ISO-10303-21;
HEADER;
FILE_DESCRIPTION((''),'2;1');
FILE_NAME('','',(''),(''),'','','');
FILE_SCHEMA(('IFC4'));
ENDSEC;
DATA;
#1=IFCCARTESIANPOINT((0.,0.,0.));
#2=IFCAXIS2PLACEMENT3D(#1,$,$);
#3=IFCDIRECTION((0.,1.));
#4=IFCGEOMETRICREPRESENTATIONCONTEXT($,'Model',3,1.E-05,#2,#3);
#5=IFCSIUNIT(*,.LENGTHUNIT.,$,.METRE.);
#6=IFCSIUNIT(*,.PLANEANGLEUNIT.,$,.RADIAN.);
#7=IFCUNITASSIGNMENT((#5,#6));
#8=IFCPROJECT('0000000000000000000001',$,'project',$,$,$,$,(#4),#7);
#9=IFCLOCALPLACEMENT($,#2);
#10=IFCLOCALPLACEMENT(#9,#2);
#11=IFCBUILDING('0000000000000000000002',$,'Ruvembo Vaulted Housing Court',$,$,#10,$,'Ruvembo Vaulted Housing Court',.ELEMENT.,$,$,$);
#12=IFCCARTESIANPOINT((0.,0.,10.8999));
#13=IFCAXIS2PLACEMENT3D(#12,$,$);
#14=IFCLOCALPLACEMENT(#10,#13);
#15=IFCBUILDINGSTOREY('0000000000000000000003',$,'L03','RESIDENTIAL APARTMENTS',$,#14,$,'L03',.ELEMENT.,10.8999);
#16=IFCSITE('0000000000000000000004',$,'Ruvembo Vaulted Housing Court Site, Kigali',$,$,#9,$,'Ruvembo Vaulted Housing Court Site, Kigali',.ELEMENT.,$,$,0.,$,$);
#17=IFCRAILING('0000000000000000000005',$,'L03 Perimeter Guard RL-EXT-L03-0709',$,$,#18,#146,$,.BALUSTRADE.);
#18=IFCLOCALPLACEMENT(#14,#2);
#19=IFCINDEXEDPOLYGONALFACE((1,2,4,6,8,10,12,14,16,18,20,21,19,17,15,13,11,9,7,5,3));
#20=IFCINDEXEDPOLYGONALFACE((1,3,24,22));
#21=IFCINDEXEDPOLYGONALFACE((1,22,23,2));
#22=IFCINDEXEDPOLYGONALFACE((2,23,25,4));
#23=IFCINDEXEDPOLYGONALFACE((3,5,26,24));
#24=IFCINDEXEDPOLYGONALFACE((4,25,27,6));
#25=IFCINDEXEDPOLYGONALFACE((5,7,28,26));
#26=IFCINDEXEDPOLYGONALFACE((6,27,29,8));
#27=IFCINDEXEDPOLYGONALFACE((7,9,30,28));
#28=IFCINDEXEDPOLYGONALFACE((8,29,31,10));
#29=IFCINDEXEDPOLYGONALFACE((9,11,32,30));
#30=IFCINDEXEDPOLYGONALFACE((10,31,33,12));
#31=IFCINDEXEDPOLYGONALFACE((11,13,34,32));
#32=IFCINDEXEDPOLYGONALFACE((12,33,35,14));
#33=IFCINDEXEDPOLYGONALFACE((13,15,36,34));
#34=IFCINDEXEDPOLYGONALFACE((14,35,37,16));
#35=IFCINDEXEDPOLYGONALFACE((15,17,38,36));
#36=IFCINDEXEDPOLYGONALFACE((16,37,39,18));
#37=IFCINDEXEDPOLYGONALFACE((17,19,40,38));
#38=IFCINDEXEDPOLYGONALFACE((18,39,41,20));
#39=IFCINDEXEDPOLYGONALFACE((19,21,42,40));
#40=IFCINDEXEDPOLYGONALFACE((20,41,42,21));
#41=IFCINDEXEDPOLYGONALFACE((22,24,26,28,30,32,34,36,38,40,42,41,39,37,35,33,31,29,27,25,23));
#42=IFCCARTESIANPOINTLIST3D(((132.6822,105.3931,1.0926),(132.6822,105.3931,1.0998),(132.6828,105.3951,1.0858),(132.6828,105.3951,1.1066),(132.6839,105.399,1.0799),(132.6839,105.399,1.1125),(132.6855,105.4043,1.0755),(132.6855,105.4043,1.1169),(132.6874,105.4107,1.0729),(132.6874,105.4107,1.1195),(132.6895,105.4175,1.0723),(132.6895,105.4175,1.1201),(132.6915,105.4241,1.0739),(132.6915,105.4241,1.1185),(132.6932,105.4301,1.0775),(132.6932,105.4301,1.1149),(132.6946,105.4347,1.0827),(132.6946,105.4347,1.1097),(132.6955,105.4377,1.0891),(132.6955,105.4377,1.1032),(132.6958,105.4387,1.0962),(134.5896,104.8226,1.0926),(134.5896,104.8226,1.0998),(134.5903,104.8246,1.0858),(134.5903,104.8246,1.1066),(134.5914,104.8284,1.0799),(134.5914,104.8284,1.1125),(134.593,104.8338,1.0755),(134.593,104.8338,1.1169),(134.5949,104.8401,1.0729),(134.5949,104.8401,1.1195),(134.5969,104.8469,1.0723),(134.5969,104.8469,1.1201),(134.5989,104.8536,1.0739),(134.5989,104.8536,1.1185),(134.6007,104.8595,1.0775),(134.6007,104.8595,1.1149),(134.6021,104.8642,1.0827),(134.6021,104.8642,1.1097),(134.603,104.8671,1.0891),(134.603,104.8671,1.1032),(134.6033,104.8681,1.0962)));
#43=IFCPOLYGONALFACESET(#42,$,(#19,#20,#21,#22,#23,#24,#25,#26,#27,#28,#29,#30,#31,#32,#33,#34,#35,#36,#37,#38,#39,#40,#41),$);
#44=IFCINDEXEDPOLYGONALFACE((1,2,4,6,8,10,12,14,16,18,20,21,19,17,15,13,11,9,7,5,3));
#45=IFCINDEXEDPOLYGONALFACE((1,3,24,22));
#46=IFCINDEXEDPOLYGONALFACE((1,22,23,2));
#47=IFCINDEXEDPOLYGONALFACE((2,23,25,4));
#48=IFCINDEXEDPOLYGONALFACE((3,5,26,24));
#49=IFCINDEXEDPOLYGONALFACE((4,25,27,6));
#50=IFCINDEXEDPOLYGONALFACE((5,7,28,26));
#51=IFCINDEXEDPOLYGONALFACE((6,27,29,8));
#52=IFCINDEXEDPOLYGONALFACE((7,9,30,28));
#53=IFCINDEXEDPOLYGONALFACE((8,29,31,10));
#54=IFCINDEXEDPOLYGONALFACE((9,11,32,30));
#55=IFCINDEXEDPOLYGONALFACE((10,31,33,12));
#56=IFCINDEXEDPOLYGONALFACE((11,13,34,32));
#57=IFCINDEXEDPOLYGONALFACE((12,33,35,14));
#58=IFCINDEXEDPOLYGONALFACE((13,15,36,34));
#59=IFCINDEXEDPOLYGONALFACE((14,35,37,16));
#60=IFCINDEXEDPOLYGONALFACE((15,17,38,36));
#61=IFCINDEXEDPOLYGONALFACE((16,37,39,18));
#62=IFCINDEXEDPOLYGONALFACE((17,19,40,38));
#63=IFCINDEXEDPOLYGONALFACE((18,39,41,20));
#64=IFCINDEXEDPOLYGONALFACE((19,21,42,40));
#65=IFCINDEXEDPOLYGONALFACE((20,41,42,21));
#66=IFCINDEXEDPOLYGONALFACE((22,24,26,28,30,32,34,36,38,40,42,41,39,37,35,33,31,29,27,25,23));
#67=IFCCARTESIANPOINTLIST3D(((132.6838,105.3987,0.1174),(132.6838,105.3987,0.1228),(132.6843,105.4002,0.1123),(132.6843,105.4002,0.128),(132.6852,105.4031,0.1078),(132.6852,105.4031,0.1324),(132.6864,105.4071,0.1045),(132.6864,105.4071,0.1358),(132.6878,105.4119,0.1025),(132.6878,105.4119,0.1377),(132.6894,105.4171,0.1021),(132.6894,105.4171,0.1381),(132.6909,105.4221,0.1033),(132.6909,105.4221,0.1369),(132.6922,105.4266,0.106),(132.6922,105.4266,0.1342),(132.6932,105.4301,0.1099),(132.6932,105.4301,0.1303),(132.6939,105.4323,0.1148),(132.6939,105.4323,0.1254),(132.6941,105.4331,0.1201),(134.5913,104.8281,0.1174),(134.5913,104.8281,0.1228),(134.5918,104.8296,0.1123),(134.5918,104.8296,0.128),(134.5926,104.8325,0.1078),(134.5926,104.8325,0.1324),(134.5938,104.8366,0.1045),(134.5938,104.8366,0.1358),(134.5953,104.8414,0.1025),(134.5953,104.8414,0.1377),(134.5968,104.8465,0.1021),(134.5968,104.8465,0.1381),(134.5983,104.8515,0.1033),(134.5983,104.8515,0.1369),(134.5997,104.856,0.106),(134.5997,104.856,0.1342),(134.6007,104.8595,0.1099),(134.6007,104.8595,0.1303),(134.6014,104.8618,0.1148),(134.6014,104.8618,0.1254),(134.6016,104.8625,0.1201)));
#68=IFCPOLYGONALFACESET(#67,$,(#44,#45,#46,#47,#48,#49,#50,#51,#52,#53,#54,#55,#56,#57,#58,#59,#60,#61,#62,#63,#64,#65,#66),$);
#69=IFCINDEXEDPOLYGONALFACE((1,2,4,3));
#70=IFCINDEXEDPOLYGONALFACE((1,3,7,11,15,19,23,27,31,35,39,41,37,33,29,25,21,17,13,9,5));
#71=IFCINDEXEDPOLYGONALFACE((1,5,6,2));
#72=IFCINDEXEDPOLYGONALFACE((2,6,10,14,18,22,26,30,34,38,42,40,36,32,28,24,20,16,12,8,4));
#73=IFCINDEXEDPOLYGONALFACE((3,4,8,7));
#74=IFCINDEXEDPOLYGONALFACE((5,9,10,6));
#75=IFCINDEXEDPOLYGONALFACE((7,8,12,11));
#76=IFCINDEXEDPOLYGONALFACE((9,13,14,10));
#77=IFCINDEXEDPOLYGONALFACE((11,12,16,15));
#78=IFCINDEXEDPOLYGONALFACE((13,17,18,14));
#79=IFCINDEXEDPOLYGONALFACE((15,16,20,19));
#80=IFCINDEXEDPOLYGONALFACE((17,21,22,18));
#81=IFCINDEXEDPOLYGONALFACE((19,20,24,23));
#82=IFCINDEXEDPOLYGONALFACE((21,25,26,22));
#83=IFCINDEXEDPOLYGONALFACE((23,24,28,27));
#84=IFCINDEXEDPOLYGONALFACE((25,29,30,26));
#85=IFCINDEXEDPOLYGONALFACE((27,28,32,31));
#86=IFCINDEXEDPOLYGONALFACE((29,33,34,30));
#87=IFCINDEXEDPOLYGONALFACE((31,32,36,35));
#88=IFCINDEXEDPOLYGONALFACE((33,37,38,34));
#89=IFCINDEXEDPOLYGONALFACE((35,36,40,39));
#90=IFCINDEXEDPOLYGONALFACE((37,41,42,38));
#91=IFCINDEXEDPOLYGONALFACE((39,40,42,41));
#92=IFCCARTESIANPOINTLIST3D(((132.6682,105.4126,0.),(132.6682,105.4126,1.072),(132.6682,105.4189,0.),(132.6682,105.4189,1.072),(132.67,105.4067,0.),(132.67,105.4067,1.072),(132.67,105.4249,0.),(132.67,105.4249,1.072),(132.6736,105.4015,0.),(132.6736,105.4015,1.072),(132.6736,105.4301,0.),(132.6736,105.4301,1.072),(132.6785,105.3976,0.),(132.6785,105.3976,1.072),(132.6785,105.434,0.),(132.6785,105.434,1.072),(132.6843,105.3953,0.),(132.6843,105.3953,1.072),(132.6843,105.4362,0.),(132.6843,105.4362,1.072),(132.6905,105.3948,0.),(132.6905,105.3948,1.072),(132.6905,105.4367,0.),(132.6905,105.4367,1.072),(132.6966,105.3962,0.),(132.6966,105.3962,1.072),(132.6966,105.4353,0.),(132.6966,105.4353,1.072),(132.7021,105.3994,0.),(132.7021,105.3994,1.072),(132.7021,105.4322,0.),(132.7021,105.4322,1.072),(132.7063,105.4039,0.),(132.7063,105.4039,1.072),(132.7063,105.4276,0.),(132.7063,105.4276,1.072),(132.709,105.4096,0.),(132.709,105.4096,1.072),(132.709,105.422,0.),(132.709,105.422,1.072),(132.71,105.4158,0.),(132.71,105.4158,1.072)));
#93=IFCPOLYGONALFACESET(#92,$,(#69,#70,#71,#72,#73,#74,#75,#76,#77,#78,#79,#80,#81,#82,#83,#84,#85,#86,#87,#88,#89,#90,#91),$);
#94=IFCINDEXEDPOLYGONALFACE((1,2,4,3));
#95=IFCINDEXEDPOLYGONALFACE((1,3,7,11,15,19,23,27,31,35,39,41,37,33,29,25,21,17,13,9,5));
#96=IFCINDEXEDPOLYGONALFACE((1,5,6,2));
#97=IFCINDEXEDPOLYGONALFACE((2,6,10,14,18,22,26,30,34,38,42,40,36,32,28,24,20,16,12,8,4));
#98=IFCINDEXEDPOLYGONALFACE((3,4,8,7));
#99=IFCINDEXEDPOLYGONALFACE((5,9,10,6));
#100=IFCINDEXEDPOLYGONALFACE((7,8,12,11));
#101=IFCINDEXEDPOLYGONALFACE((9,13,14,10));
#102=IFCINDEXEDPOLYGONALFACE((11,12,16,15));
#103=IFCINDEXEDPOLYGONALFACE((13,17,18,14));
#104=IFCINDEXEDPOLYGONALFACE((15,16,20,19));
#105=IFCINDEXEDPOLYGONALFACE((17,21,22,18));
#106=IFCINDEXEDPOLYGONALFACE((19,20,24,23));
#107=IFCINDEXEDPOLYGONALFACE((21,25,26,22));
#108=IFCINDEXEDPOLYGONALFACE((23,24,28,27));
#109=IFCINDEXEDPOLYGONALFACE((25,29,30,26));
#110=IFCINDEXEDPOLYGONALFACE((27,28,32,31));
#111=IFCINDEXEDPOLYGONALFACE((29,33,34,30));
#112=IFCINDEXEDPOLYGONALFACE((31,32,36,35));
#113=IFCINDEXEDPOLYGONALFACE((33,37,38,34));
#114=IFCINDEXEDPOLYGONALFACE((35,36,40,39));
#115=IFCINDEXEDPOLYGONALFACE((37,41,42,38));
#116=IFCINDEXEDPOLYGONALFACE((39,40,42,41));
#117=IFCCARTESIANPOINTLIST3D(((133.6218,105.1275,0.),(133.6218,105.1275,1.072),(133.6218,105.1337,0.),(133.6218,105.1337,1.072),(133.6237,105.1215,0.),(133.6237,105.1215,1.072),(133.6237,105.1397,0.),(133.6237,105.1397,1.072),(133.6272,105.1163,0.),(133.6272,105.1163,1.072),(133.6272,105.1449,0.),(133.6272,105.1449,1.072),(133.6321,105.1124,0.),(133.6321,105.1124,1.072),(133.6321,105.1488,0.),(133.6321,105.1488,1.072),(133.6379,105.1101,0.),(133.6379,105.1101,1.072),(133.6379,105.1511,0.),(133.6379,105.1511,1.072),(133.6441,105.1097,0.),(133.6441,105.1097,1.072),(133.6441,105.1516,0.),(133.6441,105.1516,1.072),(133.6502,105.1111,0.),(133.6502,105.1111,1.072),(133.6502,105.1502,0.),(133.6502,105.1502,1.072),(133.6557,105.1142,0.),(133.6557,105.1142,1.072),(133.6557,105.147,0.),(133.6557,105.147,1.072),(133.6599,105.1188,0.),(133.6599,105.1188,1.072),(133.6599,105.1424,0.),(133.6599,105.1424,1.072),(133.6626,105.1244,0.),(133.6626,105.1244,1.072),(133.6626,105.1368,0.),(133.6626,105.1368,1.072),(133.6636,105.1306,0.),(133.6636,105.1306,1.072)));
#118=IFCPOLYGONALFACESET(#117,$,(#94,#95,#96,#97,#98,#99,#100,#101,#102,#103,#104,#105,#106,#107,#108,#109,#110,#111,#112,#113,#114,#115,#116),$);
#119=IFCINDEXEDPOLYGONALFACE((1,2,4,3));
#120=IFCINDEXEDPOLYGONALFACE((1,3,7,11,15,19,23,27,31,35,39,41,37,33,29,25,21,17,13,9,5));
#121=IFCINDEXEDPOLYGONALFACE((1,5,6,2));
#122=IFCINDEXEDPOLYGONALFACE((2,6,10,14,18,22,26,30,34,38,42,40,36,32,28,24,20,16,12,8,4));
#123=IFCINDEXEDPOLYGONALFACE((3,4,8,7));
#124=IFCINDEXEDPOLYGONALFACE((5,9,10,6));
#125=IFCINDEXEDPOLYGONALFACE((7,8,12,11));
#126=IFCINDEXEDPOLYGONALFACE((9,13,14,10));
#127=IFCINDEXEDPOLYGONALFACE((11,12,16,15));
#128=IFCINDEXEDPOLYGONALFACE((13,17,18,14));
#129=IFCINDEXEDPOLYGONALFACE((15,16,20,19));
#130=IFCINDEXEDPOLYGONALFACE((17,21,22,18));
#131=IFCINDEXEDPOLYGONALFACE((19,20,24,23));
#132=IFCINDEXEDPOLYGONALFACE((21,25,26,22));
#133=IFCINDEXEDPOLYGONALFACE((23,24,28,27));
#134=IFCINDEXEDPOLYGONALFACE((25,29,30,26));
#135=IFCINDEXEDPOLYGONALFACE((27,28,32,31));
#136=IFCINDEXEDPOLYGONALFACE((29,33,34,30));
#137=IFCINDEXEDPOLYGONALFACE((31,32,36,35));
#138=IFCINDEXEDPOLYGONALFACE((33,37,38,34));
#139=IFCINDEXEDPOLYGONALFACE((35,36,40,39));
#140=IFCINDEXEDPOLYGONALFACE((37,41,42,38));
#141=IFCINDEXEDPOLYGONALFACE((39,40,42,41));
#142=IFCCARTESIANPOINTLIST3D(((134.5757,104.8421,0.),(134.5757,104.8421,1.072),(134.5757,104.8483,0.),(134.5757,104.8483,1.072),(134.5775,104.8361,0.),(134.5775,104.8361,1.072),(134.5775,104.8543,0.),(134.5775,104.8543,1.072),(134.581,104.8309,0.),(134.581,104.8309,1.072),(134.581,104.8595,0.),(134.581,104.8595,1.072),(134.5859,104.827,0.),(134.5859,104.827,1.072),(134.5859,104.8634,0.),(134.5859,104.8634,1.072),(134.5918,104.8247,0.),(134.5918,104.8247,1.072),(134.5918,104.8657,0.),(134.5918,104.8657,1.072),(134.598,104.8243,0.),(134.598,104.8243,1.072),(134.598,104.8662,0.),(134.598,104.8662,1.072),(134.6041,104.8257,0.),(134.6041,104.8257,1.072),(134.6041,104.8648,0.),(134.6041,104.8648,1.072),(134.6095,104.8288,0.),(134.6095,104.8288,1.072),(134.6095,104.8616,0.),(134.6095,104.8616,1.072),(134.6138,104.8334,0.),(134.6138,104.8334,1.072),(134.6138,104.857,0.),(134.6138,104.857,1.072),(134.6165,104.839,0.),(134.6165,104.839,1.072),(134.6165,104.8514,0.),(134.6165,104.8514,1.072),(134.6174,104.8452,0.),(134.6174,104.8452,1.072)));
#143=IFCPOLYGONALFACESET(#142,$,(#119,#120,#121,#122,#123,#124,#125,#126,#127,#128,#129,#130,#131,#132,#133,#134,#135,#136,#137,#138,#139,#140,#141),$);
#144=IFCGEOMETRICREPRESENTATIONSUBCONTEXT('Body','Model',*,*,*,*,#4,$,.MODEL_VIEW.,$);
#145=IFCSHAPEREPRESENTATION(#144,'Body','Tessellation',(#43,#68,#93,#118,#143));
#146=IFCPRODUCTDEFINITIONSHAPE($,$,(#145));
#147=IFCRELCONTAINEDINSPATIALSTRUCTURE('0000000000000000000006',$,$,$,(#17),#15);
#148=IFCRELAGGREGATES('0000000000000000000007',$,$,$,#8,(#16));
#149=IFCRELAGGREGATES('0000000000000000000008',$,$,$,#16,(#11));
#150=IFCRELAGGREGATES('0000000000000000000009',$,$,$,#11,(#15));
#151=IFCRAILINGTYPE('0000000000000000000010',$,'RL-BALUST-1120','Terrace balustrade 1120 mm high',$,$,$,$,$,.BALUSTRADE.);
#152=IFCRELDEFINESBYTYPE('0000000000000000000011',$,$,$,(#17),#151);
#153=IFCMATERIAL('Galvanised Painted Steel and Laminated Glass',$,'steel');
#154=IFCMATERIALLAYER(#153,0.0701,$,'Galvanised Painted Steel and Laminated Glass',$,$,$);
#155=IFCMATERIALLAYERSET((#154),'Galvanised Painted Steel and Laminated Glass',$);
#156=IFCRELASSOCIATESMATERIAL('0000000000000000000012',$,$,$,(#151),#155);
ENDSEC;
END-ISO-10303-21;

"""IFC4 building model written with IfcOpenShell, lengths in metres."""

from ifc_helpers import new_model, si_unit, direction, frame, origin, origin_2d, place, context, subcontext, project, spatial, circle, extrude, material, layer, layer_set, type_object, element, save


model = new_model("IFC4")

# Units and contexts
model_context = context("Model", 3, precision=1e-05, world=origin(), true_north=direction((0.0, 1.0)))
body_context = subcontext(model_context, "Body", "Model", "MODEL_VIEW")
ifc_project = project(units=[si_unit("LENGTHUNIT", "METRE"), si_unit("PLANEANGLEUNIT", "RADIAN")], contexts=[model_context])

# Site, building, storey
site_placement = place(None, origin())
site = spatial("IfcSite", under=ifc_project, at=site_placement, Name="Ruvembo Vaulted Housing Court Site, Kigali", LongName="Ruvembo Vaulted Housing Court Site, Kigali", CompositionType="ELEMENT", RefElevation=0.0)
building_placement = place(site_placement, origin())
building = spatial("IfcBuilding", under=site, at=building_placement, Name="Ruvembo Vaulted Housing Court", LongName="Ruvembo Vaulted Housing Court", CompositionType="ELEMENT")
storey_placement = place(building_placement, frame((0.0, 0.0, 10.8999)))
storey = spatial("IfcBuildingStorey", under=building, at=storey_placement, Name="L03", Description="RESIDENTIAL APARTMENTS", LongName="L03", CompositionType="ELEMENT", Elevation=10.8999)

# Railing
ifc_material_1 = material(Name="Galvanised Painted Steel and Laminated Glass", Category="steel")
ifc_layer_1 = layer(ifc_material_1, 0.0701, Name="Galvanised Painted Steel and Laminated Glass")
ifc_layer_set_1 = layer_set([ifc_layer_1], Name="Galvanised Painted Steel and Laminated Glass")
railing_type = type_object("IfcRailingType", Name="RL-BALUST-1120", Description="Terrace balustrade 1120 mm high", PredefinedType="BALUSTRADE", material=ifc_layer_set_1)
railing_1_placement = place(storey_placement, frame((132.689, 105.4158, 0.0)))
element("IfcRailing", 1, at=railing_1_placement, inside=storey, type_object=railing_type, Name="L03 Perimeter Guard RL-EXT-L03-0709", PredefinedType="BALUSTRADE", context=body_context, shape_type="SweptSolid", body=[
    extrude(circle(Radius=0.0239, at=origin_2d()), frame((0.0, 0.0, 1.0962), z_axis=(0.958059, -0.286572, 0.0), x_axis=(0.286572, 0.958059, 0.0)), (0.0, 0.0, 1.0), 1.991),
    extrude(circle(Radius=0.0181, at=origin_2d()), frame((0.0, 0.0, 0.1201), z_axis=(0.958059, -0.286572, 0.0), x_axis=(0.286572, 0.958059, 0.0)), (0.0, 0.0, 1.0), 1.991),
    extrude(circle(Radius=0.021, at=origin_2d()), origin(), (0.0, 0.0, 1.0), 1.072),
    extrude(circle(Radius=0.021, at=origin_2d()), frame((0.9536, -0.2852, 0.0)), (0.0, 0.0, 1.0), 1.072),
    extrude(circle(Radius=0.021, at=origin_2d()), frame((1.9075, -0.5706, 0.0)), (0.0, 0.0, 1.0), 1.072),
])

save(model, "model.ifc")
